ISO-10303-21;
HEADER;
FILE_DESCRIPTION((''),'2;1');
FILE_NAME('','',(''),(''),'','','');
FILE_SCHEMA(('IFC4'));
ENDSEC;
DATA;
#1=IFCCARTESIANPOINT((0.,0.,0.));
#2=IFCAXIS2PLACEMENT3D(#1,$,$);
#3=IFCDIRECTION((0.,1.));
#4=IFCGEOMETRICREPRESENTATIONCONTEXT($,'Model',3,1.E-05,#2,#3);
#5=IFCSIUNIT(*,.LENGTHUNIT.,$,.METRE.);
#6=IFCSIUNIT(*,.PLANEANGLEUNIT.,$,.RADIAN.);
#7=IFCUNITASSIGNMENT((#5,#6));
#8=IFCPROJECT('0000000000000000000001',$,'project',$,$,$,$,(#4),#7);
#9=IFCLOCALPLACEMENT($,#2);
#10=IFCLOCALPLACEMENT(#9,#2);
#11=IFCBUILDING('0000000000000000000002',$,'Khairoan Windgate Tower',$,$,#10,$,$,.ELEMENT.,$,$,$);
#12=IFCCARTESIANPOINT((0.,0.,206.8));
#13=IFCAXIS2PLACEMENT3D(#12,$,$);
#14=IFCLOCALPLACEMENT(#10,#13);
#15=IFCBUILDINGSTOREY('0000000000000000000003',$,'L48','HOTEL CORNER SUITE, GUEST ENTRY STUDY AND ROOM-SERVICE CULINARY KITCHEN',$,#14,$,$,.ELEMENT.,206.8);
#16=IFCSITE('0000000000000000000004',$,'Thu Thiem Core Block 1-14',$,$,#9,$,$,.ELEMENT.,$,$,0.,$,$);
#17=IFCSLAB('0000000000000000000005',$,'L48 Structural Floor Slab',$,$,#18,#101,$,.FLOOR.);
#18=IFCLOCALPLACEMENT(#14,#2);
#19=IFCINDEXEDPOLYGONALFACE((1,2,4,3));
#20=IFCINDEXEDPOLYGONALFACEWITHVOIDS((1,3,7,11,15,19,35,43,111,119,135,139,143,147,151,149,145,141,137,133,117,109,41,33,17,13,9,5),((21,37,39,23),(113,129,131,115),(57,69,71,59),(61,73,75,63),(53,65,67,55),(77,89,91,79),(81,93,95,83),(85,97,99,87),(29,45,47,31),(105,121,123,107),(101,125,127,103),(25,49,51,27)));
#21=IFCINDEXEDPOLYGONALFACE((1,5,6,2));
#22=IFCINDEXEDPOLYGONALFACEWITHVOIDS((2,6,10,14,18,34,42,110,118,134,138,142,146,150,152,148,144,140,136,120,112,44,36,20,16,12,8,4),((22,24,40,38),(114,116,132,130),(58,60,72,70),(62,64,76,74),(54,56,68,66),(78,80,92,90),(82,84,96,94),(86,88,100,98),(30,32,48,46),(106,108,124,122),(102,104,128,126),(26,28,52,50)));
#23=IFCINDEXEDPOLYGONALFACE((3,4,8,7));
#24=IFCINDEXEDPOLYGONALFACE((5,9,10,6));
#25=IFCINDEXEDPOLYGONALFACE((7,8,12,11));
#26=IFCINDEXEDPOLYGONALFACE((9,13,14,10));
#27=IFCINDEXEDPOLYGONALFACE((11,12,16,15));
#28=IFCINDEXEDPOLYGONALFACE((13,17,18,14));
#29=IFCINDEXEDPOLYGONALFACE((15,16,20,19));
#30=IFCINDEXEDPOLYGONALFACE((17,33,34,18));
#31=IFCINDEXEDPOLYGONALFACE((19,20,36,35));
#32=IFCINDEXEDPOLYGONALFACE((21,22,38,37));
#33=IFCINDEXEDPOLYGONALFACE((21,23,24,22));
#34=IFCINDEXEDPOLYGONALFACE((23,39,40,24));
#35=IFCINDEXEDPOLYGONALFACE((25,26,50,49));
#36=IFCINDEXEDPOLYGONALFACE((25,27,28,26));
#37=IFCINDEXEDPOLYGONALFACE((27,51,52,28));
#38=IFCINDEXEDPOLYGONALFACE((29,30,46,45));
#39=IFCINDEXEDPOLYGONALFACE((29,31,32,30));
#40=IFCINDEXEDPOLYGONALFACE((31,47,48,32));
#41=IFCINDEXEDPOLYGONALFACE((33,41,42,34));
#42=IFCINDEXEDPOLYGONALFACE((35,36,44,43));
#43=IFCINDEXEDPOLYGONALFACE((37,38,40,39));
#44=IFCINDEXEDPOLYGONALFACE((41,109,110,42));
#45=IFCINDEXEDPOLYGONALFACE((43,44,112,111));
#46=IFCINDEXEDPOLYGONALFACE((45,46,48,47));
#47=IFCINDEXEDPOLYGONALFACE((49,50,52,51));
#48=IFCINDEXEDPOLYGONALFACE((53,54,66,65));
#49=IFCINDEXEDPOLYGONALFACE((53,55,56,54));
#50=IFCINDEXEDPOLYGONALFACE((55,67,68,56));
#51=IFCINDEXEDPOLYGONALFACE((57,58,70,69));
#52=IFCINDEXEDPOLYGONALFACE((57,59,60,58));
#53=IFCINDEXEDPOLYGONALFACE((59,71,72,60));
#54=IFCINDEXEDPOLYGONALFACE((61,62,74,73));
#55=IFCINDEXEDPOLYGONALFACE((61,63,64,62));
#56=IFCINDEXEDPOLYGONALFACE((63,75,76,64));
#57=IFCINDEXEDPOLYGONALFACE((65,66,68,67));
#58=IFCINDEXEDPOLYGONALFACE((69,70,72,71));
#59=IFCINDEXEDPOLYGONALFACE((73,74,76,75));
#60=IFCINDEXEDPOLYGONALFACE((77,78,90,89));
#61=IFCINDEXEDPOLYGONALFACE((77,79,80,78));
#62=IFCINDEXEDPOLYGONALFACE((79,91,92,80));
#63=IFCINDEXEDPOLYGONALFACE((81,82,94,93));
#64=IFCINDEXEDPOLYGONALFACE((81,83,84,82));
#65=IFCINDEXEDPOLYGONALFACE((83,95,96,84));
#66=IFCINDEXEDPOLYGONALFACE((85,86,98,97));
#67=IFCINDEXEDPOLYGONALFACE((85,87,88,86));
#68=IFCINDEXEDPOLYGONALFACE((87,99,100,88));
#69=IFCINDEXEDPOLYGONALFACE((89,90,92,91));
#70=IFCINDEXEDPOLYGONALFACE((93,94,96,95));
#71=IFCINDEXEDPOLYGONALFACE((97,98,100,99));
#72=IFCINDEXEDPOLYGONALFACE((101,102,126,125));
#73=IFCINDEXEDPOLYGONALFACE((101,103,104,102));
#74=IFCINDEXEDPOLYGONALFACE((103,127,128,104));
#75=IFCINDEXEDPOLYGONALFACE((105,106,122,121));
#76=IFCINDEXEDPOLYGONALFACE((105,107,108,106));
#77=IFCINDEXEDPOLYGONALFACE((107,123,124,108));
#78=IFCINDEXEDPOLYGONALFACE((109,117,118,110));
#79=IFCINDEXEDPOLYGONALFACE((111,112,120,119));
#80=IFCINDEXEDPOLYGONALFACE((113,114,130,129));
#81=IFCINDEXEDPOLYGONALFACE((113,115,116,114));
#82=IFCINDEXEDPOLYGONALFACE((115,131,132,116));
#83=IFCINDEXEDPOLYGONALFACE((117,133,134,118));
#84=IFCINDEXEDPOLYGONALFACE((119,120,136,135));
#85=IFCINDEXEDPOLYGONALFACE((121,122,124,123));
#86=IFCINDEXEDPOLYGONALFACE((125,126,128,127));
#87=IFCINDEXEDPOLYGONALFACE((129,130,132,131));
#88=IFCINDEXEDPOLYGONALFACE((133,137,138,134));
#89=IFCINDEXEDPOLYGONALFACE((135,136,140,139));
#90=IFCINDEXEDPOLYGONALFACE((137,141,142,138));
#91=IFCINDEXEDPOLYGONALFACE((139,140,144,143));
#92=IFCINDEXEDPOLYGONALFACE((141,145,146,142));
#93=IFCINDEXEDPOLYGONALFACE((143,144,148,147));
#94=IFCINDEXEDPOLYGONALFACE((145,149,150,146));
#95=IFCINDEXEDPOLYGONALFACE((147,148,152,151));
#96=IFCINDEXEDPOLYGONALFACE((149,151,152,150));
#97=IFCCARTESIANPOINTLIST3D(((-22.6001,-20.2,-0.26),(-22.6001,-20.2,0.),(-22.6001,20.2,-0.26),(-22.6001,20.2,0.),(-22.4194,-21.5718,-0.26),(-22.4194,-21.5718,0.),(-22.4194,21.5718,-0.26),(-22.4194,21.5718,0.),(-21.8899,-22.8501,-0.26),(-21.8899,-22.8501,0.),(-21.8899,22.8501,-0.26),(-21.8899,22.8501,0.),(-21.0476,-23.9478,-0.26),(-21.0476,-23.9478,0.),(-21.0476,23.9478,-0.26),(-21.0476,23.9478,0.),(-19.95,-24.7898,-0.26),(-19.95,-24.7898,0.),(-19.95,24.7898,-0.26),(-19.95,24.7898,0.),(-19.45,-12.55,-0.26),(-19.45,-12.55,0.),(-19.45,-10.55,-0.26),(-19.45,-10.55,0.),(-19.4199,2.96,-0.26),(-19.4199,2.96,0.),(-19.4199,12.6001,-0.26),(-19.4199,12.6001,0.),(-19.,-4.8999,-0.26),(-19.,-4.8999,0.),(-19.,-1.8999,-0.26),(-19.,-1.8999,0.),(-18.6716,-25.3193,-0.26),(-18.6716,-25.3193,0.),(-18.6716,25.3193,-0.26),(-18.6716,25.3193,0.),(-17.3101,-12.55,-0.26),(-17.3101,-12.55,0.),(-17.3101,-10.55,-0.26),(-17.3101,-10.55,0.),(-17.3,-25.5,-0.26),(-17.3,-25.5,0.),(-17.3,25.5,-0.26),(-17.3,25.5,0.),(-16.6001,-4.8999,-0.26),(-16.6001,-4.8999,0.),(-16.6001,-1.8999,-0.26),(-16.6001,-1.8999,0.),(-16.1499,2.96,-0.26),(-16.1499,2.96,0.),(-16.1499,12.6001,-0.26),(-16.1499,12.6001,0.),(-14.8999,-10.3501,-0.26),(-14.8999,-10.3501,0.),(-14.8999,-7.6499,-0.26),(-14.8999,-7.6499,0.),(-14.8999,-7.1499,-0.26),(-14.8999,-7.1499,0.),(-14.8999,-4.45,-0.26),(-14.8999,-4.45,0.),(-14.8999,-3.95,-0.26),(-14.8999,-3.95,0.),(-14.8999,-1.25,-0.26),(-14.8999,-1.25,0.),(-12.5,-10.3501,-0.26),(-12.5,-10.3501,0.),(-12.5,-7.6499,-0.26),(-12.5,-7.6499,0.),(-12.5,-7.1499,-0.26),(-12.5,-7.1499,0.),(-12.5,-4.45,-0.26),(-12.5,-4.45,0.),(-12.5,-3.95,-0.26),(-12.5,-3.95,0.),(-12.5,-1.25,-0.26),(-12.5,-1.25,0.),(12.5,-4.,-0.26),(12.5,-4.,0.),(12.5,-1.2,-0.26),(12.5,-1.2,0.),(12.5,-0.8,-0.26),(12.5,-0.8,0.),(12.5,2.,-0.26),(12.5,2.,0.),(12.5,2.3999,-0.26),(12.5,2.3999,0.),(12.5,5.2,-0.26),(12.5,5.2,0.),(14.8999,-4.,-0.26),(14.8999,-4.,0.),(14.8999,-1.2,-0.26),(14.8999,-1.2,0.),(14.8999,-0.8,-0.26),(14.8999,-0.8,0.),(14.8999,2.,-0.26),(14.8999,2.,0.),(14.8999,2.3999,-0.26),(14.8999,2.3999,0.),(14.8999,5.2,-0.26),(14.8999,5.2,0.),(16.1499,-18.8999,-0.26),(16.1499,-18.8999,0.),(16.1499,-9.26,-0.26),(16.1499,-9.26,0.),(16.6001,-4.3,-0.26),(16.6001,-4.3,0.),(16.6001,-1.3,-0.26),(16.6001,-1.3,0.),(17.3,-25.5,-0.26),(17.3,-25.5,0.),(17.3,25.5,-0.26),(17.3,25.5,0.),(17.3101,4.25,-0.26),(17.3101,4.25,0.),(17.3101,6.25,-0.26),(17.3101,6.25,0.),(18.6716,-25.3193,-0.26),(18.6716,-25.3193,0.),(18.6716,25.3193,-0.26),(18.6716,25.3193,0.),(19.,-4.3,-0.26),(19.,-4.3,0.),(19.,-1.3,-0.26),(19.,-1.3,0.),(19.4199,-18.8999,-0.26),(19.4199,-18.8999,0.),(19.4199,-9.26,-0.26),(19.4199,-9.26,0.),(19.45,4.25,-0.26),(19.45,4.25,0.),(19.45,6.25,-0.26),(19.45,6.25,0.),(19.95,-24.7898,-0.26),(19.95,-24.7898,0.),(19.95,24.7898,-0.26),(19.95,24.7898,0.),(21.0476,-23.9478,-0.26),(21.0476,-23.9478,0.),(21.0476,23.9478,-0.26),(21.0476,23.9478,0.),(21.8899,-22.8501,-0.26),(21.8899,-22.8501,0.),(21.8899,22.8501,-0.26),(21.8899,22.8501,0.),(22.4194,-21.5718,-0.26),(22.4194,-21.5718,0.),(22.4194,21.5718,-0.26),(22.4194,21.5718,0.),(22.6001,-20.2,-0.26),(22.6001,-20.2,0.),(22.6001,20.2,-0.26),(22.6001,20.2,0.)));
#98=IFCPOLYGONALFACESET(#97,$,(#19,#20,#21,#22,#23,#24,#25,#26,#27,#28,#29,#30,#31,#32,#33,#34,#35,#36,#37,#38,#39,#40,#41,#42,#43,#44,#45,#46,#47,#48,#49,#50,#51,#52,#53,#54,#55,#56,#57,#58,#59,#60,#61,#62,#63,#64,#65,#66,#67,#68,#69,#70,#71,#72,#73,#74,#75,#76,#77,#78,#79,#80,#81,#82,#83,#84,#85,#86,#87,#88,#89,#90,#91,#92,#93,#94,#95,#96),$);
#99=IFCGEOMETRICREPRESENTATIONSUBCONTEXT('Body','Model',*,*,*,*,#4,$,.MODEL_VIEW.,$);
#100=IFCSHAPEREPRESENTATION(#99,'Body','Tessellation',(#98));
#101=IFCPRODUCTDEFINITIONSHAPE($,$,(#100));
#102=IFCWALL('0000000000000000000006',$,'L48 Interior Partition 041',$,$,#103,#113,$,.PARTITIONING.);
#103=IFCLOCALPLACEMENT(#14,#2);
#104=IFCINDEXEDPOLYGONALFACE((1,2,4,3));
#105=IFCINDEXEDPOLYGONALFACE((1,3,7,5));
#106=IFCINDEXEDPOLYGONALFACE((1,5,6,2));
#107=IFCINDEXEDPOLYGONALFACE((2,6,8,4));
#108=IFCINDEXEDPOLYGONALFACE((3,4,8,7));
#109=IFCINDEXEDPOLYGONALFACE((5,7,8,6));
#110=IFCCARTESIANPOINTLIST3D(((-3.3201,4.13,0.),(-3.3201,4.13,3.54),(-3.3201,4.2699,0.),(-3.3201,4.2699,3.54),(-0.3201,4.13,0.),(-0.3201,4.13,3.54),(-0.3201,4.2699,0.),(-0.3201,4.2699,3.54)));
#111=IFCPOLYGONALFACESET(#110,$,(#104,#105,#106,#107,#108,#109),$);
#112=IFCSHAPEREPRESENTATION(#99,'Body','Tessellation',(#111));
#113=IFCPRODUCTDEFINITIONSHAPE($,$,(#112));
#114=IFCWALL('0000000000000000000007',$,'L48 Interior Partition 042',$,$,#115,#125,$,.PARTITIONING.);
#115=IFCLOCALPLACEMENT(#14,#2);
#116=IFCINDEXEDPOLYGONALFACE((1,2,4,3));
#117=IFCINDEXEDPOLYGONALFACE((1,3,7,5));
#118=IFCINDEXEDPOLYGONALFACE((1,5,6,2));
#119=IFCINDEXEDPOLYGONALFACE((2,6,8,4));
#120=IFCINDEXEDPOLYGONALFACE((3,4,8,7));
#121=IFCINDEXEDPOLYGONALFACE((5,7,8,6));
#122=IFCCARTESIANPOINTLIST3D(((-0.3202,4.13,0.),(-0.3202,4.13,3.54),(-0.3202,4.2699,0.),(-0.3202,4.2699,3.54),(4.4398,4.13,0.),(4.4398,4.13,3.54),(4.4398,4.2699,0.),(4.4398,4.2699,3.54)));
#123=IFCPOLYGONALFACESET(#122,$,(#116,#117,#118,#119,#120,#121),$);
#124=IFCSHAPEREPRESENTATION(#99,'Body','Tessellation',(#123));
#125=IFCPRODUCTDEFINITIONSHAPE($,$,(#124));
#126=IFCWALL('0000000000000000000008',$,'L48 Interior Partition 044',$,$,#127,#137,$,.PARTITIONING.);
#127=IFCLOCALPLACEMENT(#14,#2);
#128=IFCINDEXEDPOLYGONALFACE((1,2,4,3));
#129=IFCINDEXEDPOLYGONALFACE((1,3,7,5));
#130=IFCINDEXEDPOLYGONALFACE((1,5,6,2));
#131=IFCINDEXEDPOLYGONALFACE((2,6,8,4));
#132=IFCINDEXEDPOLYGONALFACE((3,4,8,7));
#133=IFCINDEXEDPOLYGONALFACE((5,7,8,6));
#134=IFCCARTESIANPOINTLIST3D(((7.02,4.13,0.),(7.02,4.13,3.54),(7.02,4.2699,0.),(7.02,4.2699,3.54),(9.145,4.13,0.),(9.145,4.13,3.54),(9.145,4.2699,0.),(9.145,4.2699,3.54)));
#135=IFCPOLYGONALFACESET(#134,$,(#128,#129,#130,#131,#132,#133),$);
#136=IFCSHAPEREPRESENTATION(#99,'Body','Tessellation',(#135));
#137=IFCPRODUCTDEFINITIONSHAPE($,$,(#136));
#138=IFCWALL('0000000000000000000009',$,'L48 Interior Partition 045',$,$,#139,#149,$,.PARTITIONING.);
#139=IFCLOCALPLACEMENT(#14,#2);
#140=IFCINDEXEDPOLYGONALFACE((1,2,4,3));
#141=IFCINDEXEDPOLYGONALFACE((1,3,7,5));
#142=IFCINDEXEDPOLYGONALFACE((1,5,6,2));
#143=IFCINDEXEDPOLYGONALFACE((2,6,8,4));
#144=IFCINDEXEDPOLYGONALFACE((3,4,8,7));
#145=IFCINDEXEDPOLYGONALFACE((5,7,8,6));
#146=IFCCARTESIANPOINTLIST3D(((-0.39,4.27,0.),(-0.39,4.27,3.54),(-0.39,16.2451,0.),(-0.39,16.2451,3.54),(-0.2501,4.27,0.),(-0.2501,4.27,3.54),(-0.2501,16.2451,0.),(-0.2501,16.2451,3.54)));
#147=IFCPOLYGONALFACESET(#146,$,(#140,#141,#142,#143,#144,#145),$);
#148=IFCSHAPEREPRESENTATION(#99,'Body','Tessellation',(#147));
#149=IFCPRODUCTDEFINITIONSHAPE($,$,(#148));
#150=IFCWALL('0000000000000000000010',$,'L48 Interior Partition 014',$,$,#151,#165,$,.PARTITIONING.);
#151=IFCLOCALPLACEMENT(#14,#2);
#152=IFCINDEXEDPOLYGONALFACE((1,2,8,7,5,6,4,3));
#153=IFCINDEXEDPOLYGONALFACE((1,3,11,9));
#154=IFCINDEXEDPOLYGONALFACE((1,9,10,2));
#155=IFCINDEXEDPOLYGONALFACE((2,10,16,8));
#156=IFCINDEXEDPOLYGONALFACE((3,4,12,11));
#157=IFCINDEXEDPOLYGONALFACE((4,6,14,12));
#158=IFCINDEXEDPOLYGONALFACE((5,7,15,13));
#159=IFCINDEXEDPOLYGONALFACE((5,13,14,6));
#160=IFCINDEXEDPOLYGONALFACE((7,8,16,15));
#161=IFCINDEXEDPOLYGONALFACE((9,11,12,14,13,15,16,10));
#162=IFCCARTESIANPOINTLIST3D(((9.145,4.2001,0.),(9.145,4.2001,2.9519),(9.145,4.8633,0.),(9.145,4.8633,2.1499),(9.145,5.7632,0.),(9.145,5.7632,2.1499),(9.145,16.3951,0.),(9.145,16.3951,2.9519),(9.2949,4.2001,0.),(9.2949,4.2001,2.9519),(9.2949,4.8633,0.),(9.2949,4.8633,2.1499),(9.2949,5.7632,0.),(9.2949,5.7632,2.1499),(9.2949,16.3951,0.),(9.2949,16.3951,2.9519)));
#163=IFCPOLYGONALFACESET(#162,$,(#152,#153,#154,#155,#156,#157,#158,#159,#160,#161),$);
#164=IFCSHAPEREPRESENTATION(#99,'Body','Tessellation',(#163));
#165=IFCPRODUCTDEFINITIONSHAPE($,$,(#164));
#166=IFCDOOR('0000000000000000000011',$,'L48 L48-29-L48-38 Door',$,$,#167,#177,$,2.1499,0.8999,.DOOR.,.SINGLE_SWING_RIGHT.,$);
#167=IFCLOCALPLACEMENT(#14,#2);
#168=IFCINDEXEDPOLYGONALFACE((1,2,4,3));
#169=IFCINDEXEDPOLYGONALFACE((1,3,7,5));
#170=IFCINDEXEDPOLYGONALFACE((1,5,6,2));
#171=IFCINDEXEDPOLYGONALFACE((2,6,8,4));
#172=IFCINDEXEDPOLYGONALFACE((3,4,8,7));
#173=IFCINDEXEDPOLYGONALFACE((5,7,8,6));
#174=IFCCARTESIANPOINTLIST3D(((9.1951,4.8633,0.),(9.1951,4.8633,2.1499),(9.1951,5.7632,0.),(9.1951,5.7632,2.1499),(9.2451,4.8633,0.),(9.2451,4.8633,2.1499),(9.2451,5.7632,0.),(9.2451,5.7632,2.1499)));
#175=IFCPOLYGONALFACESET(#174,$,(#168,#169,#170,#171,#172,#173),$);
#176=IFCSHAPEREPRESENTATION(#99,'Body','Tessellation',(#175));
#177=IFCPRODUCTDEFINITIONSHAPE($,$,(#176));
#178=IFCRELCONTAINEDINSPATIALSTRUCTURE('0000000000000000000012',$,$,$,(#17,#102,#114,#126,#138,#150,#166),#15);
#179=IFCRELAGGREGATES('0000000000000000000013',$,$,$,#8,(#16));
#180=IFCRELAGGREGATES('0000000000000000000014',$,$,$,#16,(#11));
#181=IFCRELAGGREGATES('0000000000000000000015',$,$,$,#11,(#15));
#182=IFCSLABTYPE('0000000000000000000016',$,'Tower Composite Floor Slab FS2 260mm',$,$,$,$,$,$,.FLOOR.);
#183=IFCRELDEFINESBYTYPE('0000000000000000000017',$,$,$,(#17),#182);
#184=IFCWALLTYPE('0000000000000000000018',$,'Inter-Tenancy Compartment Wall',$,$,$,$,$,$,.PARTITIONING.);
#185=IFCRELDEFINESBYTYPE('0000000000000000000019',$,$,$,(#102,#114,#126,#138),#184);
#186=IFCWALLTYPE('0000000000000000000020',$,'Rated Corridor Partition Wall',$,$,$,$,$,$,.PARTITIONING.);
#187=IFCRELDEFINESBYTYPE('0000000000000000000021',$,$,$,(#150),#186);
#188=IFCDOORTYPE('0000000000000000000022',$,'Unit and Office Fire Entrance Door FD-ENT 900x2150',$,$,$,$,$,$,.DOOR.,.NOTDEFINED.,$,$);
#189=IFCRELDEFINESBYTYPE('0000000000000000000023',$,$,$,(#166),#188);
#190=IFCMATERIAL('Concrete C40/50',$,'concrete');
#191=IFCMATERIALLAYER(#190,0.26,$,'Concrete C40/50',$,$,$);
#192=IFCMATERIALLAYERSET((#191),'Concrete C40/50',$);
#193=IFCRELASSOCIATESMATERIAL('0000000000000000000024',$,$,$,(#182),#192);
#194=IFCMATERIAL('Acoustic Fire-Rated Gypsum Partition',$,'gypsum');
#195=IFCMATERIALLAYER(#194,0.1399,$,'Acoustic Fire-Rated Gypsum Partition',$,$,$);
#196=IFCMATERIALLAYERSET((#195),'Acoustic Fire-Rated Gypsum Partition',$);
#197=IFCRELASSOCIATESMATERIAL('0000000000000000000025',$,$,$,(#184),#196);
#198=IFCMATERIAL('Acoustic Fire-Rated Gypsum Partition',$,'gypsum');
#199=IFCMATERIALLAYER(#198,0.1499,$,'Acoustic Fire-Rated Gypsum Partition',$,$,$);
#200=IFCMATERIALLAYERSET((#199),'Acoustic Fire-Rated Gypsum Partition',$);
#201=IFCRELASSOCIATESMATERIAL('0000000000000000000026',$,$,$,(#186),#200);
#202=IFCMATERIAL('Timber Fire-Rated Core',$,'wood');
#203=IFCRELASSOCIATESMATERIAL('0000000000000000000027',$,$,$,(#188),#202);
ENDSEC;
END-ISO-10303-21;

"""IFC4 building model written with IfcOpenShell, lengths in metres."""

from ifc_helpers import new_model, si_unit, direction, frame, frame_2d, origin, place, context, subcontext, project, spatial, polyline, rectangle, outline, extrude, material, layer, layer_set, type_object, element, fill, save


model = new_model("IFC4")

# Units and contexts
model_context = context("Model", 3, precision=1e-05, world=origin(), true_north=direction((0.0, 1.0)))
body_context = subcontext(model_context, "Body", "Model", "MODEL_VIEW")
ifc_project = project(units=[si_unit("LENGTHUNIT", "METRE"), si_unit("PLANEANGLEUNIT", "RADIAN")], contexts=[model_context])

# Site, building, storey
site_placement = place(None, origin())
site = spatial("IfcSite", under=ifc_project, at=site_placement, Name="Thu Thiem Core Block 1-14", CompositionType="ELEMENT", RefElevation=0.0)
building_placement = place(site_placement, origin())
building = spatial("IfcBuilding", under=site, at=building_placement, Name="Khairoan Windgate Tower", CompositionType="ELEMENT")
storey_placement = place(building_placement, frame((0.0, 0.0, 206.8)))
storey = spatial("IfcBuildingStorey", under=building, at=storey_placement, Name="L48", Description="HOTEL CORNER SUITE, GUEST ENTRY STUDY AND ROOM-SERVICE CULINARY KITCHEN", CompositionType="ELEMENT", Elevation=206.8)

# Slab
ifc_material_1 = material(Name="Concrete C40/50", Category="concrete")
ifc_layer_1 = layer(ifc_material_1, 0.26, Name="Concrete C40/50")
ifc_layer_set_1 = layer_set([ifc_layer_1], Name="Concrete C40/50")
slab_type_1 = type_object("IfcSlabType", Name="Tower Composite Floor Slab FS2 260mm", PredefinedType="FLOOR", material=ifc_layer_set_1)
slab_1_placement = place(storey_placement, frame((0.0, 0.0, -0.26)))
element("IfcSlab", 1, at=slab_1_placement, inside=storey, type_object=slab_type_1, Name="L48 Structural Floor Slab", PredefinedType="FLOOR", context=body_context, shape_type="SweptSolid", body=[
    extrude(outline(polyline([(17.3, -25.5), (18.6716, -25.3193), (19.95, -24.7898), (21.0476, -23.9478), (21.8899, -22.8501), (22.4194, -21.5718), (22.6001, -20.2), (22.6001, 20.2), (22.4194, 21.5718), (21.8899, 22.8501), (21.0476, 23.9478), (19.95, 24.7898), (18.6716, 25.3193), (17.3, 25.5), (-17.3, 25.5), (-18.6716, 25.3193), (-19.95, 24.7898), (-21.0476, 23.9478), (-21.8899, 22.8501), (-22.4194, 21.5718), (-22.6001, 20.2), (-22.6001, -20.2), (-22.4194, -21.5718), (-21.8899, -22.8501), (-21.0476, -23.9478), (-19.95, -24.7898), (-18.6716, -25.3193), (-17.3, -25.5), (17.3, -25.5)]), holes=[polyline([(16.1499, -9.26), (16.1499, -18.8999), (19.4199, -18.8999), (19.4199, -9.26), (16.1499, -9.26)]), polyline([(-16.1499, 2.96), (-16.1499, 12.6001), (-19.4199, 12.6001), (-19.4199, 2.96), (-16.1499, 2.96)]), polyline([(-14.8999, -3.95), (-12.5, -3.95), (-12.5, -1.25), (-14.8999, -1.25), (-14.8999, -3.95)]), polyline([(-14.8999, -7.1499), (-12.5, -7.1499), (-12.5, -4.45), (-14.8999, -4.45), (-14.8999, -7.1499)]), polyline([(-14.8999, -10.3501), (-12.5, -10.3501), (-12.5, -7.6499), (-14.8999, -7.6499), (-14.8999, -10.3501)]), polyline([(12.5, 2.3999), (14.8999, 2.3999), (14.8999, 5.2), (12.5, 5.2), (12.5, 2.3999)]), polyline([(12.5, -0.8), (14.8999, -0.8), (14.8999, 2.0), (12.5, 2.0), (12.5, -0.8)]), polyline([(12.5, -4.0), (14.8999, -4.0), (14.8999, -1.2), (12.5, -1.2), (12.5, -4.0)]), polyline([(16.6001, -4.3), (19.0, -4.3), (19.0, -1.3), (16.6001, -1.3), (16.6001, -4.3)]), polyline([(-19.0, -4.8999), (-16.6001, -4.8999), (-16.6001, -1.8999), (-19.0, -1.8999), (-19.0, -4.8999)]), polyline([(-19.45, -12.55), (-17.3101, -12.55), (-17.3101, -10.55), (-19.45, -10.55), (-19.45, -12.55)]), polyline([(17.3101, 4.25), (19.45, 4.25), (19.45, 6.25), (17.3101, 6.25), (17.3101, 4.25)])]), origin(), (0.0, 0.0, 1.0), 0.26),
])

# Walls
ifc_material_2 = material(Name="Acoustic Fire-Rated Gypsum Partition", Category="gypsum")
ifc_layer_2 = layer(ifc_material_2, 0.1399, Name="Acoustic Fire-Rated Gypsum Partition")
ifc_layer_set_2 = layer_set([ifc_layer_2], Name="Acoustic Fire-Rated Gypsum Partition")
wall_type_1 = type_object("IfcWallType", Name="Inter-Tenancy Compartment Wall", PredefinedType="PARTITIONING", material=ifc_layer_set_2)
wall_1_placement = place(storey_placement, frame((-3.3201, 4.2, 0.0), z_axis=(0.0, 0.0, 1.0), x_axis=(1.0, 0.0, 0.0)))
element("IfcWall", 2, at=wall_1_placement, inside=storey, type_object=wall_type_1, Name="L48 Interior Partition 041", PredefinedType="PARTITIONING", context=body_context, shape_type="SweptSolid", body=[
    extrude(rectangle(XDim=3.0, YDim=0.1399, at=frame_2d((1.5, 0.0))), origin(), (0.0, 0.0, 1.0), 3.54),
])
wall_2_placement = place(storey_placement, frame((-0.3201, 4.2, 0.0), z_axis=(0.0, 0.0, 1.0), x_axis=(1.0, 0.0, 0.0)))
element("IfcWall", 3, at=wall_2_placement, inside=storey, type_object=wall_type_1, Name="L48 Interior Partition 042", PredefinedType="PARTITIONING", context=body_context, shape_type="SweptSolid", body=[
    extrude(rectangle(XDim=4.76, YDim=0.1399, at=frame_2d((2.3799, 0.0))), origin(), (0.0, 0.0, 1.0), 3.54),
])
wall_3_placement = place(storey_placement, frame((7.02, 4.2, 0.0), z_axis=(0.0, 0.0, 1.0), x_axis=(1.0, 0.0, 0.0)))
element("IfcWall", 4, at=wall_3_placement, inside=storey, type_object=wall_type_1, Name="L48 Interior Partition 044", PredefinedType="PARTITIONING", context=body_context, shape_type="SweptSolid", body=[
    extrude(rectangle(XDim=2.125, YDim=0.1399, at=frame_2d((1.0625, 0.0))), origin(), (0.0, 0.0, 1.0), 3.54),
])
wall_4_placement = place(storey_placement, frame((-0.3201, 4.27, 0.0), z_axis=(0.0, 0.0, 1.0), x_axis=(0.0, 1.0, 0.0)))
element("IfcWall", 5, at=wall_4_placement, inside=storey, type_object=wall_type_1, Name="L48 Interior Partition 045", PredefinedType="PARTITIONING", context=body_context, shape_type="SweptSolid", body=[
    extrude(rectangle(XDim=11.9751, YDim=0.1399, at=frame_2d((5.9875, 0.0))), origin(), (0.0, 0.0, 1.0), 3.54),
])

# Wall, opening, door
ifc_material_3 = material(Name="Acoustic Fire-Rated Gypsum Partition", Category="gypsum")
ifc_layer_3 = layer(ifc_material_3, 0.1499, Name="Acoustic Fire-Rated Gypsum Partition")
ifc_layer_set_3 = layer_set([ifc_layer_3], Name="Acoustic Fire-Rated Gypsum Partition")
wall_type_2 = type_object("IfcWallType", Name="Rated Corridor Partition Wall", PredefinedType="PARTITIONING", material=ifc_layer_set_3)
wall_5_placement = place(storey_placement, frame((9.22, 4.2, 0.0), z_axis=(0.0, 0.0, 1.0), x_axis=(0.0, 1.0, 0.0)))
wall_5 = element("IfcWall", 6, at=wall_5_placement, inside=storey, type_object=wall_type_2, Name="L48 Interior Partition 014", PredefinedType="PARTITIONING", context=body_context, shape_type="SweptSolid", body=[
    extrude(rectangle(XDim=12.1951, YDim=0.1499, at=frame_2d((6.0977, 0.0))), origin(), (0.0, 0.0, 1.0), 2.9519),
])
opening_1_placement = place(wall_5_placement, frame((0.6633, 0.0, 0.0)))
opening_1 = element("IfcOpeningElement", 7, at=opening_1_placement, cuts=wall_5, PredefinedType="OPENING", context=body_context, shape_type="SweptSolid", body=[
    extrude(rectangle(XDim=0.8999, YDim=2.1499, at=frame_2d((0.45, 1.075))), frame((0.0, 0.085, 0.0), z_axis=(0.0, -1.0, 0.0), x_axis=(1.0, 0.0, 0.0)), (0.0, 0.0, 1.0), 0.1699),
])
ifc_material_4 = material(Name="Timber Fire-Rated Core", Category="wood")
door_type = type_object("IfcDoorType", Name="Unit and Office Fire Entrance Door FD-ENT 900x2150", OperationType="NOTDEFINED", PredefinedType="DOOR", material=ifc_material_4)
door_1_placement = place(opening_1_placement, origin())
door_1 = element("IfcDoor", 8, at=door_1_placement, inside=storey, type_object=door_type, Name="L48 L48-29-L48-38 Door", OperationType="SINGLE_SWING_RIGHT", OverallHeight=2.1499, OverallWidth=0.8999, PredefinedType="DOOR", context=body_context, shape_type="SweptSolid", body=[
    extrude(rectangle(XDim=0.8999, YDim=2.1499, at=frame_2d((0.45, 1.075))), frame((0.0, 0.0249, 0.0), z_axis=(0.0, -1.0, 0.0), x_axis=(1.0, 0.0, 0.0)), (0.0, 0.0, 1.0), 0.05),
])
fill(opening_1, door_1)

save(model, "model.ifc")
